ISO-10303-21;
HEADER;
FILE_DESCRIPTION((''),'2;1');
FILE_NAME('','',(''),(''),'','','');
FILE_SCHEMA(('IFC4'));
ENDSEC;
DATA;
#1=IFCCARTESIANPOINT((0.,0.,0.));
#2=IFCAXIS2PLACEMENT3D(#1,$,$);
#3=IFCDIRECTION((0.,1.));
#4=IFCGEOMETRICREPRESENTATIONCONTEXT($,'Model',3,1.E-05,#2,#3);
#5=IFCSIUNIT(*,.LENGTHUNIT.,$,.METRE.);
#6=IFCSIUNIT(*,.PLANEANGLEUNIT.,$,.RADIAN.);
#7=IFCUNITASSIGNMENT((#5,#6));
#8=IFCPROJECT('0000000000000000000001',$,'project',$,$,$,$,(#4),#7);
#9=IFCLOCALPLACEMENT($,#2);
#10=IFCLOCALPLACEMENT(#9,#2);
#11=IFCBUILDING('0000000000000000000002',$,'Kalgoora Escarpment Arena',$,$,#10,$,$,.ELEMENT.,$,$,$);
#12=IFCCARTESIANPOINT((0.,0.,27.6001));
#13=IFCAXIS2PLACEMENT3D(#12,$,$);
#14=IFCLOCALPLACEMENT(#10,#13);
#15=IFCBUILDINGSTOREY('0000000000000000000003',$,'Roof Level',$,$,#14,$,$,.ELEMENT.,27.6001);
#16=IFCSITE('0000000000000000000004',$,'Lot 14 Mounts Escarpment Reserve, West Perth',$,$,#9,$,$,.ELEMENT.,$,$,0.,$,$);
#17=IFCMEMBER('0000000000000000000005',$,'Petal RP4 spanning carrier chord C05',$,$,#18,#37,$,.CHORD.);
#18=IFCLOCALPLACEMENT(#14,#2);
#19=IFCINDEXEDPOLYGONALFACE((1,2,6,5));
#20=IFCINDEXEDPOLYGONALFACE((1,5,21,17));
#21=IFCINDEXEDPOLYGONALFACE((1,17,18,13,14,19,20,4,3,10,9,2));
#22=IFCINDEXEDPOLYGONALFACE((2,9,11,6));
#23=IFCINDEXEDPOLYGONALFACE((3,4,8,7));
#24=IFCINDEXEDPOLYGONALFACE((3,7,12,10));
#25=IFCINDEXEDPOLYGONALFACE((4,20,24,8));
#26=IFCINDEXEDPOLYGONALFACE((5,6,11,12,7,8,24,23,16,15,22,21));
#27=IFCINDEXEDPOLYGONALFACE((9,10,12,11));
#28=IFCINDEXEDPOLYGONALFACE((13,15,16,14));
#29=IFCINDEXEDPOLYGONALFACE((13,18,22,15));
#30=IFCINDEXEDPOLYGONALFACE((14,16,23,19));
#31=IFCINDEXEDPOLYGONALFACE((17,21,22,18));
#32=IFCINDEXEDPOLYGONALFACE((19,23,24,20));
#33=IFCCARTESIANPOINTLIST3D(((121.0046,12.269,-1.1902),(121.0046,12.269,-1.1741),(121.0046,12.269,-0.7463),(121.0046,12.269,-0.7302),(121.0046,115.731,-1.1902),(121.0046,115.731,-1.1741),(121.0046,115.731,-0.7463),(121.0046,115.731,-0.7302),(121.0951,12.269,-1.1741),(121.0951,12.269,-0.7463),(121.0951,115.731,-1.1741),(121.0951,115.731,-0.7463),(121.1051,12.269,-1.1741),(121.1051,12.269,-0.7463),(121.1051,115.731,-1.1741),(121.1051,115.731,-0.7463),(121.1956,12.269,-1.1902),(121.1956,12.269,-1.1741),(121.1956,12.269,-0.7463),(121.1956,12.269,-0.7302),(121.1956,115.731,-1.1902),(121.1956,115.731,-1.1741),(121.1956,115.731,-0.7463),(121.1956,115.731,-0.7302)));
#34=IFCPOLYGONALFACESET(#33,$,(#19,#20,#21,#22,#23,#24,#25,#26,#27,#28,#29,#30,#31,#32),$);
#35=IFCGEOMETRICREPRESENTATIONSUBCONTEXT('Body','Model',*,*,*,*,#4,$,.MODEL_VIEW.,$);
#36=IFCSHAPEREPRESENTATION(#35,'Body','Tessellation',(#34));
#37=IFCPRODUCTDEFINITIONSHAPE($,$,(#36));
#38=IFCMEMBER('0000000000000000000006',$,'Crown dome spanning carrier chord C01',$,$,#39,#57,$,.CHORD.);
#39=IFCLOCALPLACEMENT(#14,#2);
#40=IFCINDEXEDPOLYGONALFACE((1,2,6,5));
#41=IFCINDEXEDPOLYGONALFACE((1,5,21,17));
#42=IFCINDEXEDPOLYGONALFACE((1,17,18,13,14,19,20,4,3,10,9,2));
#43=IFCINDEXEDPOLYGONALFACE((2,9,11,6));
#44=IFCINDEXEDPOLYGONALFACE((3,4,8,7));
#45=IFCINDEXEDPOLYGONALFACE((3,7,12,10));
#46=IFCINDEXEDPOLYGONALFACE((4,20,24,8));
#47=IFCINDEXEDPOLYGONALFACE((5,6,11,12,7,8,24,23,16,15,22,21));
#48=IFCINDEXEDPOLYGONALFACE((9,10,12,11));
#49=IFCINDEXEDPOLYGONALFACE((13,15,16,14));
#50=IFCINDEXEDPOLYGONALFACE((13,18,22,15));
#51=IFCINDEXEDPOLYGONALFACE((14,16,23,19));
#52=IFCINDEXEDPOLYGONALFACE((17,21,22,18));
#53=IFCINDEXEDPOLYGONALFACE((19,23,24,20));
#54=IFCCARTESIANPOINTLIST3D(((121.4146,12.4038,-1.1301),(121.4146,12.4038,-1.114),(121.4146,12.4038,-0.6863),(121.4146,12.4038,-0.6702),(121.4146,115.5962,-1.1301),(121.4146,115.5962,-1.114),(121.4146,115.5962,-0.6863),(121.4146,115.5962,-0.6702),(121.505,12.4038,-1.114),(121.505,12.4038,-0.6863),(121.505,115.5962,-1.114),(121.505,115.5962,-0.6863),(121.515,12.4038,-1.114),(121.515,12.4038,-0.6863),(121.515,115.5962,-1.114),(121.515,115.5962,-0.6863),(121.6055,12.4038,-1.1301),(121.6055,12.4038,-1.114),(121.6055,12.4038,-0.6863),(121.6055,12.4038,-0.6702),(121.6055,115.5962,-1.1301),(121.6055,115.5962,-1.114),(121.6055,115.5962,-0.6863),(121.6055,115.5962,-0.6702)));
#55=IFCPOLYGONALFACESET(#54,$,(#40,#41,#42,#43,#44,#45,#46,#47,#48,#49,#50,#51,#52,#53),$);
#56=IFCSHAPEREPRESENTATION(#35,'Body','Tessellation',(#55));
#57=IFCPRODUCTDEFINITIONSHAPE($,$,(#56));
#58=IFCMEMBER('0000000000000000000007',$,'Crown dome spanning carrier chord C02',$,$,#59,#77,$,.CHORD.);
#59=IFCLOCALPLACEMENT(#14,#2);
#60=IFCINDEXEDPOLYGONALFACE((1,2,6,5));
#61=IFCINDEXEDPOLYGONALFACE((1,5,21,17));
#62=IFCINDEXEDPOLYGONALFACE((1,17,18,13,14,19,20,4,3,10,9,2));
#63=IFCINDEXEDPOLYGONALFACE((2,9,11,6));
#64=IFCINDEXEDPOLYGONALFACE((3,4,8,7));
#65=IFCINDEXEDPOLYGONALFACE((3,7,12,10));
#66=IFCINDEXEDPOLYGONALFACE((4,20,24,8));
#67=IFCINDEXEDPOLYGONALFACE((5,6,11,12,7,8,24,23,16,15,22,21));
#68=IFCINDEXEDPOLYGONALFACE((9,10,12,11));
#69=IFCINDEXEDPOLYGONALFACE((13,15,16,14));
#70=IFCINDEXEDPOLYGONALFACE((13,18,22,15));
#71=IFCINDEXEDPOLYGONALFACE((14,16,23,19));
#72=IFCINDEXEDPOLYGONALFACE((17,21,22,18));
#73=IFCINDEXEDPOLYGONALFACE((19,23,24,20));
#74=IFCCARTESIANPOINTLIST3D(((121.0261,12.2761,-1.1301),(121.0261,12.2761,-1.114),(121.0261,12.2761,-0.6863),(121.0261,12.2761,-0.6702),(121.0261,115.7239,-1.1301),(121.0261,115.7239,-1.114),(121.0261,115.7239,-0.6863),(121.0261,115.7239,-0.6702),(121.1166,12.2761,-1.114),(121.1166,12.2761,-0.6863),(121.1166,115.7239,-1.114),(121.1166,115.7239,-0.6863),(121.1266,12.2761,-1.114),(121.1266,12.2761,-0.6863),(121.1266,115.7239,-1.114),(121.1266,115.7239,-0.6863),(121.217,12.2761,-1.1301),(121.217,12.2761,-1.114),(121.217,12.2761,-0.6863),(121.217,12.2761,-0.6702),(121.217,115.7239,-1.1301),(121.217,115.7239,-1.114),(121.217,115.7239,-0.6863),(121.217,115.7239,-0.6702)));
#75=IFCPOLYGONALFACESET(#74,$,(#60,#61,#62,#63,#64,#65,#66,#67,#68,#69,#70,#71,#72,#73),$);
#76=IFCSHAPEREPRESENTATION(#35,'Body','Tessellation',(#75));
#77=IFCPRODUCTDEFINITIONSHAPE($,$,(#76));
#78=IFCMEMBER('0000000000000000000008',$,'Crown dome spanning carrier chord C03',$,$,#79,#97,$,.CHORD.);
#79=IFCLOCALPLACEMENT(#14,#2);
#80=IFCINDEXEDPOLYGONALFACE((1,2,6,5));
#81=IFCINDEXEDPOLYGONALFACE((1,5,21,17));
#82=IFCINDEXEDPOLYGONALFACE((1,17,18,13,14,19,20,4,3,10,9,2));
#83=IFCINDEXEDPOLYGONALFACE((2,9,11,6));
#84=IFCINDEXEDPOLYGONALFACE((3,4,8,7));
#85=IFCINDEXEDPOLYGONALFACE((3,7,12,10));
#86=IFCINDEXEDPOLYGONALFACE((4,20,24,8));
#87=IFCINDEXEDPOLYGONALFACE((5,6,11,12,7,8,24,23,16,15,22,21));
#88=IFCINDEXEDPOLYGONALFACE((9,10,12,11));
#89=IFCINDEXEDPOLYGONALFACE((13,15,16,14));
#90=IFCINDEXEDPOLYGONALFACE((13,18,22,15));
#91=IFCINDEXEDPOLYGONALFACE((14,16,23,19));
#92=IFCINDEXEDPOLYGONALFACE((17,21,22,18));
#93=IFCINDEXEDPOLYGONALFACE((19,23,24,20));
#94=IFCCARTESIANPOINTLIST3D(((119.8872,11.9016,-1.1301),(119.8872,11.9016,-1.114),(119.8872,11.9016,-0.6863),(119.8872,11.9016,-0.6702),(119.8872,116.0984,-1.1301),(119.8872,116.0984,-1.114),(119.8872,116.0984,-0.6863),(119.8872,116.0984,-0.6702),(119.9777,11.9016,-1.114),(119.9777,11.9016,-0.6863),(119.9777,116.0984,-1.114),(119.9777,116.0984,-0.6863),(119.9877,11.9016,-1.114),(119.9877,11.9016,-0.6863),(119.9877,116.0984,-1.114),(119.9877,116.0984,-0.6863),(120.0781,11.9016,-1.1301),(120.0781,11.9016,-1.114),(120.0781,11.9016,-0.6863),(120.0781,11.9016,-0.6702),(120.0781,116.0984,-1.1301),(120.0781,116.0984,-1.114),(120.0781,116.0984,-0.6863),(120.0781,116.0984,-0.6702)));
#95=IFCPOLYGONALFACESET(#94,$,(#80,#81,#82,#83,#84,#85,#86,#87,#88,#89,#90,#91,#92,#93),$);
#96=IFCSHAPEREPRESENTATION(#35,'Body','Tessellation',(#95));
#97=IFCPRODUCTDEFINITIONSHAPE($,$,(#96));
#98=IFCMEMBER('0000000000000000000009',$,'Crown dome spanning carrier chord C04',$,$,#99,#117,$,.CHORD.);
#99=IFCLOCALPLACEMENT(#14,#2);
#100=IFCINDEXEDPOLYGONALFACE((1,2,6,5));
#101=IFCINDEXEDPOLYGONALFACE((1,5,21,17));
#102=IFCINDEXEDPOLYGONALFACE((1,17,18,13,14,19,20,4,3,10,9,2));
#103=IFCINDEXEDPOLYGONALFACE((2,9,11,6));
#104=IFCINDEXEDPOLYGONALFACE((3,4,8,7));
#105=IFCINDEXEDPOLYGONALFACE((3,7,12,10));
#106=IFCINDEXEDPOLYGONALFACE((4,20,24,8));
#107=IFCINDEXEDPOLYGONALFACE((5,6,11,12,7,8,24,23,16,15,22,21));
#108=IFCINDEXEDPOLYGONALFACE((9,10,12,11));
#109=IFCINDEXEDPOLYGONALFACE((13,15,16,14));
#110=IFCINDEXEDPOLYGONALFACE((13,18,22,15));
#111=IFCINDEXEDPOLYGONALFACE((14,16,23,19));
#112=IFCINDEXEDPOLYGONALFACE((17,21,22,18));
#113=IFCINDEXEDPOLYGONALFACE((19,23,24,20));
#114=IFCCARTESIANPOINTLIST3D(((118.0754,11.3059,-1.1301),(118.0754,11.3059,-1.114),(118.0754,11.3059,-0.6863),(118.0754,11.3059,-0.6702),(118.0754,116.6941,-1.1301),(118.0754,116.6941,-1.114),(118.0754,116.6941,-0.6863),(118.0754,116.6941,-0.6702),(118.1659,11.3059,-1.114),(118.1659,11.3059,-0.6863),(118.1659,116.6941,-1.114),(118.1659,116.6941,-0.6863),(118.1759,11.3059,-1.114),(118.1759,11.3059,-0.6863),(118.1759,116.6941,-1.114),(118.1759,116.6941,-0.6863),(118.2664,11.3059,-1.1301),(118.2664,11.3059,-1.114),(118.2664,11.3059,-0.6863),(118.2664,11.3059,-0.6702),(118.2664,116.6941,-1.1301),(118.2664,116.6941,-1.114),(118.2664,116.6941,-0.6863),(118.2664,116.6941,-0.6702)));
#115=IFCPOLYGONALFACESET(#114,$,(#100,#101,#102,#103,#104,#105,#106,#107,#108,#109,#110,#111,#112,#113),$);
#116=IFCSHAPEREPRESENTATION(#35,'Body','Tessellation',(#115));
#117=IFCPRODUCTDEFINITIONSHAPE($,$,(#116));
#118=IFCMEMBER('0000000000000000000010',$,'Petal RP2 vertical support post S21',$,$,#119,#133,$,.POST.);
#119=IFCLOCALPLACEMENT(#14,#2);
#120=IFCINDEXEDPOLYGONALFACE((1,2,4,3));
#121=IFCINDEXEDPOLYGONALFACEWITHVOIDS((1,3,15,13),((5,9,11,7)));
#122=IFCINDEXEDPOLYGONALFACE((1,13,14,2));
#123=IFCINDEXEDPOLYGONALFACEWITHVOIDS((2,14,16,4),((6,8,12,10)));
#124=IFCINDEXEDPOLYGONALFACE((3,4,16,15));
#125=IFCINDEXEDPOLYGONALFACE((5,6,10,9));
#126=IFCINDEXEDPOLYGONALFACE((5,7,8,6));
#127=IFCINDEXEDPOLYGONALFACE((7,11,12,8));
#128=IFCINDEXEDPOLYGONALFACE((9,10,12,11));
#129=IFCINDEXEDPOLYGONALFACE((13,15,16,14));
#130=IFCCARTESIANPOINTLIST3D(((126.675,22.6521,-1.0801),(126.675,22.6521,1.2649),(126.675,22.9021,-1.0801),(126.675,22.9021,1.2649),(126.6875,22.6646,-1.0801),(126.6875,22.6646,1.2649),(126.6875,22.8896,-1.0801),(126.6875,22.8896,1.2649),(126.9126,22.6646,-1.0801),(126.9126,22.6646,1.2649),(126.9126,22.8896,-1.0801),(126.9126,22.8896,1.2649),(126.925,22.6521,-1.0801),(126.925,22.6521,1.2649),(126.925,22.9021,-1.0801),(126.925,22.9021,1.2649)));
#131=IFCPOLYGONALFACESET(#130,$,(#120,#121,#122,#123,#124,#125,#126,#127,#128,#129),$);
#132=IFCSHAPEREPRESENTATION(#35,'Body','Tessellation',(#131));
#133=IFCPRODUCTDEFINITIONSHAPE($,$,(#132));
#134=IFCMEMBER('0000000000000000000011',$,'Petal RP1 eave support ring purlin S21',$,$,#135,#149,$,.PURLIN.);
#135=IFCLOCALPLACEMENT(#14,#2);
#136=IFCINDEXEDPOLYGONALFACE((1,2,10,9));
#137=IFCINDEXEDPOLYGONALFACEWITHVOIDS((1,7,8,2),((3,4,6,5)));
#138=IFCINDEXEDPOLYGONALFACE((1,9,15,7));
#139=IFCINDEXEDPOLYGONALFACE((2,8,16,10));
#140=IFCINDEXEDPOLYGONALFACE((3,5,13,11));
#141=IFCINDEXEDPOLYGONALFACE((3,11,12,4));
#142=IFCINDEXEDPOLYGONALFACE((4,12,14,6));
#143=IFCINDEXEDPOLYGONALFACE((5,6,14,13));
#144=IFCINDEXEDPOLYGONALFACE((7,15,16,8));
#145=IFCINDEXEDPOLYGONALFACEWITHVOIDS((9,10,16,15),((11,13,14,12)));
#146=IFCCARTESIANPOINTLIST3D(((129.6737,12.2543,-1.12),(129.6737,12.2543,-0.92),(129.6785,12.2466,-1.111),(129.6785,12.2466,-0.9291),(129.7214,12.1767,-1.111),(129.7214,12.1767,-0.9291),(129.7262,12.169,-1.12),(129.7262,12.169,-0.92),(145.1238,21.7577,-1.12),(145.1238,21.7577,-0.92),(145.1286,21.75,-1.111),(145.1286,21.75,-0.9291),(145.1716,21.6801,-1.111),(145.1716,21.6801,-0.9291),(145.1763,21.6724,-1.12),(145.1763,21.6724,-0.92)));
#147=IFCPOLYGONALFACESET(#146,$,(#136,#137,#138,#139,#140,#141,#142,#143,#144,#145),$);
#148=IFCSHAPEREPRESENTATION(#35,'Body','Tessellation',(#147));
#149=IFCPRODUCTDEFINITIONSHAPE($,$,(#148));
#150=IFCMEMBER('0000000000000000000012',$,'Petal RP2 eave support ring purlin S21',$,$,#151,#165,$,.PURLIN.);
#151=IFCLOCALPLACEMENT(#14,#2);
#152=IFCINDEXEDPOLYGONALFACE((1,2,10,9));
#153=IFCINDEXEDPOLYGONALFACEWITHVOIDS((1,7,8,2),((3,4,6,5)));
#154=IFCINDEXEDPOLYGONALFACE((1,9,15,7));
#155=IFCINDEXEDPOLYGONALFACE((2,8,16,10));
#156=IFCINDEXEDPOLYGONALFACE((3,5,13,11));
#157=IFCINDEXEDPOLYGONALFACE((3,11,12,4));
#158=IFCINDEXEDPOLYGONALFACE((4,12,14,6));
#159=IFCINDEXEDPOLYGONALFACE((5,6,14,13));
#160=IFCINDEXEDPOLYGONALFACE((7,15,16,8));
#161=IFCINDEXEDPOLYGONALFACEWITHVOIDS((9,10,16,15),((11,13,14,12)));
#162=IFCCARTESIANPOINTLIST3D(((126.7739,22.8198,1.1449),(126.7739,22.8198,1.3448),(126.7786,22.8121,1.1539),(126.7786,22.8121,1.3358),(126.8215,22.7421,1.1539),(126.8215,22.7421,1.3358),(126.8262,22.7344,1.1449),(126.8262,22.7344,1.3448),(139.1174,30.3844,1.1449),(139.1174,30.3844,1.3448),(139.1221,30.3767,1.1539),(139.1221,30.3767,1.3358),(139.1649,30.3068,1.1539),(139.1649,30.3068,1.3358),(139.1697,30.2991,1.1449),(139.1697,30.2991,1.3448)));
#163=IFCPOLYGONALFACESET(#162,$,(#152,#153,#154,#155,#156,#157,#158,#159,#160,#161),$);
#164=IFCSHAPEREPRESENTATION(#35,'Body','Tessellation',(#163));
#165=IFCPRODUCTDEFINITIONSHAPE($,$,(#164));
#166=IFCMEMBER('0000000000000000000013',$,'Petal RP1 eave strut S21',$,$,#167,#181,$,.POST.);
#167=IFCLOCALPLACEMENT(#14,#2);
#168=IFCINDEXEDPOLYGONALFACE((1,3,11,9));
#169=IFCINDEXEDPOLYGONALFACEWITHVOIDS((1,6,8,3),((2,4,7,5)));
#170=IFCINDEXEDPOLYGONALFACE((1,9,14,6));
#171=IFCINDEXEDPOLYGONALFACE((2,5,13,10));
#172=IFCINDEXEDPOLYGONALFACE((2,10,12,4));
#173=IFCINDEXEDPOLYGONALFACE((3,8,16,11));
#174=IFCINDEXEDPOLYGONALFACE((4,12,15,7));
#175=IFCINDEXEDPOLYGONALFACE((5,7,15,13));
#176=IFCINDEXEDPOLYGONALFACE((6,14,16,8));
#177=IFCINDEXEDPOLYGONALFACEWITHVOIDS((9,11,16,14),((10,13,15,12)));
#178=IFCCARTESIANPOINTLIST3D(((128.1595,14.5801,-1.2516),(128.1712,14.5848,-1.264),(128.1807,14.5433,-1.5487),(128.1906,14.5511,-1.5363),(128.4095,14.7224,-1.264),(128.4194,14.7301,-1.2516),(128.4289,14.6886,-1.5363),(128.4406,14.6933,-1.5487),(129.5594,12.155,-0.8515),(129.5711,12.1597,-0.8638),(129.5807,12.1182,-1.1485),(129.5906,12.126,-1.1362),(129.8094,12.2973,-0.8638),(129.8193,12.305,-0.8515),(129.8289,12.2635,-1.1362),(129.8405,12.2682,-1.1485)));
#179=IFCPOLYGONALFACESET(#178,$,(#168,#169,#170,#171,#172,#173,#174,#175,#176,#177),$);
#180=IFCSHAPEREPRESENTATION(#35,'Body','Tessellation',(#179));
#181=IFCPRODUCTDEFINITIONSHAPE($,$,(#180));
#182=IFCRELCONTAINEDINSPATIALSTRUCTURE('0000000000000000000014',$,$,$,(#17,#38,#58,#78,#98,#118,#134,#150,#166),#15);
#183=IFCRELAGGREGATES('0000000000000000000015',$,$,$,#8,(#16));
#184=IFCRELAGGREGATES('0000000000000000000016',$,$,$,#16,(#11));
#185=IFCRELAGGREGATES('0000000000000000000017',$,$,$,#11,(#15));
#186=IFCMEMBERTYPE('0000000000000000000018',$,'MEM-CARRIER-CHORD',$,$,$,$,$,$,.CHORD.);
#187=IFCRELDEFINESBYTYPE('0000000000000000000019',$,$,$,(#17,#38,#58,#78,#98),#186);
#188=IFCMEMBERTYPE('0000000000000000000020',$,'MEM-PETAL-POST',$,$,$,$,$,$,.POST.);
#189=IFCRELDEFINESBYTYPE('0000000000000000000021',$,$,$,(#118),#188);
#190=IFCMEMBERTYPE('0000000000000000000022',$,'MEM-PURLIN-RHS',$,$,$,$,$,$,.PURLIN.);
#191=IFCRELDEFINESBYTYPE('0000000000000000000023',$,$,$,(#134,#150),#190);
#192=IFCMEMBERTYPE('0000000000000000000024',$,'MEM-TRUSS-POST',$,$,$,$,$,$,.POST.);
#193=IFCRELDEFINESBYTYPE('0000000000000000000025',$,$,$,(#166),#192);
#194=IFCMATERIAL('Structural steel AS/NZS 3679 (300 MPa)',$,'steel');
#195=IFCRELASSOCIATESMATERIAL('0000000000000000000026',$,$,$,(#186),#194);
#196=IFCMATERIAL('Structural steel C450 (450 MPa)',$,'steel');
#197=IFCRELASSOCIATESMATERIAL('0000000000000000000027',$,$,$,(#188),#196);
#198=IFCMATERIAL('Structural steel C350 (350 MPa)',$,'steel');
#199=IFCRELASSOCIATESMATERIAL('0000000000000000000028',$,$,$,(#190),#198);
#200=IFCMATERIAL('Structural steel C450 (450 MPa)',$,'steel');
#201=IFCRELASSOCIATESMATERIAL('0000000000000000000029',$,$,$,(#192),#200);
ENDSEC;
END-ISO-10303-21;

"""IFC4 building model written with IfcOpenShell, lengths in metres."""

from ifc_helpers import new_model, si_unit, direction, frame, origin, origin_2d, place, context, subcontext, project, spatial, hollow_rectangle, i_section, extrude, material, material_profile, profile_set, type_object, element, save


model = new_model("IFC4")

# Units and contexts
model_context = context("Model", 3, precision=1e-05, world=origin(), true_north=direction((0.0, 1.0)))
body_context = subcontext(model_context, "Body", "Model", "MODEL_VIEW")
ifc_project = project(units=[si_unit("LENGTHUNIT", "METRE"), si_unit("PLANEANGLEUNIT", "RADIAN")], contexts=[model_context])

# Site, building, storey
site_placement = place(None, origin())
site = spatial("IfcSite", under=ifc_project, at=site_placement, Name="Lot 14 Mounts Escarpment Reserve, West Perth", CompositionType="ELEMENT", RefElevation=0.0)
building_placement = place(site_placement, origin())
building = spatial("IfcBuilding", under=site, at=building_placement, Name="Kalgoora Escarpment Arena", CompositionType="ELEMENT")
storey_placement = place(building_placement, frame((0.0, 0.0, 27.6001)))
storey = spatial("IfcBuildingStorey", under=building, at=storey_placement, Name="Roof Level", CompositionType="ELEMENT", Elevation=27.6001)

# Members
ifc_material_1 = material(Name="Structural steel AS/NZS 3679 (300 MPa)", Category="steel")
ifc_material_profile_1 = material_profile(ifc_material_1, i_section(OverallWidth=0.1909, OverallDepth=0.46, WebThickness=0.01, FlangeThickness=0.0161, at=origin_2d()))
ifc_profile_set_1 = profile_set([ifc_material_profile_1], Name="Structural steel AS/NZS 3679 (300 MPa)")
member_type_1 = type_object("IfcMemberType", Name="MEM-CARRIER-CHORD", PredefinedType="CHORD", material=ifc_profile_set_1)
member_1_placement = place(storey_placement, frame((121.1001, 12.269, -0.9602), z_axis=(0.0, 1.0, 0.0), x_axis=(-1.0, 0.0, 0.0)))
element("IfcMember", 1, at=member_1_placement, inside=storey, type_object=member_type_1, Name="Petal RP4 spanning carrier chord C05", PredefinedType="CHORD", context=body_context, shape_type="SweptSolid", body=[
    extrude(i_section(OverallWidth=0.1909, OverallDepth=0.46, WebThickness=0.01, FlangeThickness=0.0161, at=origin_2d()), origin(), (0.0, 0.0, 1.0), 103.4619),
])
member_2_placement = place(storey_placement, frame((121.51, 12.4038, -0.9001), z_axis=(0.0, 1.0, 0.0), x_axis=(-1.0, 0.0, 0.0)))
element("IfcMember", 2, at=member_2_placement, inside=storey, type_object=member_type_1, Name="Crown dome spanning carrier chord C01", PredefinedType="CHORD", context=body_context, shape_type="SweptSolid", body=[
    extrude(i_section(OverallWidth=0.1909, OverallDepth=0.46, WebThickness=0.01, FlangeThickness=0.0161, at=origin_2d()), origin(), (0.0, 0.0, 1.0), 103.1924),
])
member_3_placement = place(storey_placement, frame((121.1216, 12.2761, -0.9001), z_axis=(0.0, 1.0, 0.0), x_axis=(-1.0, 0.0, 0.0)))
element("IfcMember", 3, at=member_3_placement, inside=storey, type_object=member_type_1, Name="Crown dome spanning carrier chord C02", PredefinedType="CHORD", context=body_context, shape_type="SweptSolid", body=[
    extrude(i_section(OverallWidth=0.1909, OverallDepth=0.46, WebThickness=0.01, FlangeThickness=0.0161, at=origin_2d()), origin(), (0.0, 0.0, 1.0), 103.4478),
])
member_4_placement = place(storey_placement, frame((119.9827, 11.9016, -0.9001), z_axis=(0.0, 1.0, 0.0), x_axis=(-1.0, 0.0, 0.0)))
element("IfcMember", 4, at=member_4_placement, inside=storey, type_object=member_type_1, Name="Crown dome spanning carrier chord C03", PredefinedType="CHORD", context=body_context, shape_type="SweptSolid", body=[
    extrude(i_section(OverallWidth=0.1909, OverallDepth=0.46, WebThickness=0.01, FlangeThickness=0.0161, at=origin_2d()), origin(), (0.0, 0.0, 1.0), 104.1968),
])
member_5_placement = place(storey_placement, frame((118.1709, 11.3059, -0.9001), z_axis=(0.0, 1.0, 0.0), x_axis=(-1.0, 0.0, 0.0)))
element("IfcMember", 5, at=member_5_placement, inside=storey, type_object=member_type_1, Name="Crown dome spanning carrier chord C04", PredefinedType="CHORD", context=body_context, shape_type="SweptSolid", body=[
    extrude(i_section(OverallWidth=0.1909, OverallDepth=0.46, WebThickness=0.01, FlangeThickness=0.0161, at=origin_2d()), origin(), (0.0, 0.0, 1.0), 105.3882),
])
ifc_material_2 = material(Name="Structural steel C450 (450 MPa)", Category="steel")
ifc_material_profile_2 = material_profile(ifc_material_2, hollow_rectangle(XDim=0.25, YDim=0.25, WallThickness=0.0125, at=origin_2d()))
ifc_profile_set_2 = profile_set([ifc_material_profile_2], Name="Structural steel C450 (450 MPa)")
member_type_2 = type_object("IfcMemberType", Name="MEM-PETAL-POST", PredefinedType="POST", material=ifc_profile_set_2)
member_6_placement = place(storey_placement, frame((126.8, 22.7771, -1.0801), z_axis=(0.0, 0.0, 1.0), x_axis=(1.0, 0.0, 0.0)))
element("IfcMember", 6, at=member_6_placement, inside=storey, type_object=member_type_2, Name="Petal RP2 vertical support post S21", PredefinedType="POST", context=body_context, shape_type="SweptSolid", body=[
    extrude(hollow_rectangle(XDim=0.25, YDim=0.25, WallThickness=0.0125, at=origin_2d()), origin(), (0.0, 0.0, 1.0), 2.345),
])
ifc_material_3 = material(Name="Structural steel C350 (350 MPa)", Category="steel")
ifc_material_profile_3 = material_profile(ifc_material_3, hollow_rectangle(XDim=0.1001, YDim=0.2, WallThickness=0.009, at=origin_2d()))
ifc_profile_set_3 = profile_set([ifc_material_profile_3], Name="Structural steel C350 (350 MPa)")
member_type_3 = type_object("IfcMemberType", Name="MEM-PURLIN-RHS", PredefinedType="PURLIN", material=ifc_profile_set_3)
member_7_placement = place(storey_placement, frame((129.7, 12.2117, -1.02), z_axis=(0.851766, 0.523922, 0.0), x_axis=(-0.523922, 0.851766, 0.0)))
element("IfcMember", 7, at=member_7_placement, inside=storey, type_object=member_type_3, Name="Petal RP1 eave support ring purlin S21", PredefinedType="PURLIN", context=body_context, shape_type="SweptSolid", body=[
    extrude(hollow_rectangle(XDim=0.1001, YDim=0.2, WallThickness=0.009, at=origin_2d()), origin(), (0.0, 0.0, 1.0), 18.1389),
])
member_8_placement = place(storey_placement, frame((126.8, 22.7771, 1.2449), z_axis=(0.852622, 0.522528, 0.0), x_axis=(-0.522528, 0.852622, 0.0)))
element("IfcMember", 8, at=member_8_placement, inside=storey, type_object=member_type_3, Name="Petal RP2 eave support ring purlin S21", PredefinedType="PURLIN", context=body_context, shape_type="SweptSolid", body=[
    extrude(hollow_rectangle(XDim=0.1001, YDim=0.2, WallThickness=0.009, at=origin_2d()), origin(), (0.0, 0.0, 1.0), 14.4771),
])
ifc_material_4 = material(Name="Structural steel C450 (450 MPa)", Category="steel")
ifc_material_profile_4 = material_profile(ifc_material_4, hollow_rectangle(XDim=0.3, YDim=0.3, WallThickness=0.0125, at=origin_2d()))
ifc_profile_set_4 = profile_set([ifc_material_profile_4], Name="Structural steel C450 (450 MPa)")
member_type_4 = type_object("IfcMemberType", Name="MEM-TRUSS-POST", PredefinedType="POST", material=ifc_profile_set_4)
member_9_placement = place(storey_placement, frame((128.3, 14.6367, -1.4001), z_axis=(0.494918, -0.857346, 0.141467), x_axis=(0.866056, 0.499946, 0.0)))
element("IfcMember", 9, at=member_9_placement, inside=storey, type_object=member_type_4, Name="Petal RP1 eave strut S21", PredefinedType="POST", context=body_context, shape_type="SweptSolid", body=[
    extrude(hollow_rectangle(XDim=0.3, YDim=0.3, WallThickness=0.0125, at=origin_2d()), origin(), (0.0, 0.0, 1.0), 2.8286),
])

save(model, "model.ifc")
